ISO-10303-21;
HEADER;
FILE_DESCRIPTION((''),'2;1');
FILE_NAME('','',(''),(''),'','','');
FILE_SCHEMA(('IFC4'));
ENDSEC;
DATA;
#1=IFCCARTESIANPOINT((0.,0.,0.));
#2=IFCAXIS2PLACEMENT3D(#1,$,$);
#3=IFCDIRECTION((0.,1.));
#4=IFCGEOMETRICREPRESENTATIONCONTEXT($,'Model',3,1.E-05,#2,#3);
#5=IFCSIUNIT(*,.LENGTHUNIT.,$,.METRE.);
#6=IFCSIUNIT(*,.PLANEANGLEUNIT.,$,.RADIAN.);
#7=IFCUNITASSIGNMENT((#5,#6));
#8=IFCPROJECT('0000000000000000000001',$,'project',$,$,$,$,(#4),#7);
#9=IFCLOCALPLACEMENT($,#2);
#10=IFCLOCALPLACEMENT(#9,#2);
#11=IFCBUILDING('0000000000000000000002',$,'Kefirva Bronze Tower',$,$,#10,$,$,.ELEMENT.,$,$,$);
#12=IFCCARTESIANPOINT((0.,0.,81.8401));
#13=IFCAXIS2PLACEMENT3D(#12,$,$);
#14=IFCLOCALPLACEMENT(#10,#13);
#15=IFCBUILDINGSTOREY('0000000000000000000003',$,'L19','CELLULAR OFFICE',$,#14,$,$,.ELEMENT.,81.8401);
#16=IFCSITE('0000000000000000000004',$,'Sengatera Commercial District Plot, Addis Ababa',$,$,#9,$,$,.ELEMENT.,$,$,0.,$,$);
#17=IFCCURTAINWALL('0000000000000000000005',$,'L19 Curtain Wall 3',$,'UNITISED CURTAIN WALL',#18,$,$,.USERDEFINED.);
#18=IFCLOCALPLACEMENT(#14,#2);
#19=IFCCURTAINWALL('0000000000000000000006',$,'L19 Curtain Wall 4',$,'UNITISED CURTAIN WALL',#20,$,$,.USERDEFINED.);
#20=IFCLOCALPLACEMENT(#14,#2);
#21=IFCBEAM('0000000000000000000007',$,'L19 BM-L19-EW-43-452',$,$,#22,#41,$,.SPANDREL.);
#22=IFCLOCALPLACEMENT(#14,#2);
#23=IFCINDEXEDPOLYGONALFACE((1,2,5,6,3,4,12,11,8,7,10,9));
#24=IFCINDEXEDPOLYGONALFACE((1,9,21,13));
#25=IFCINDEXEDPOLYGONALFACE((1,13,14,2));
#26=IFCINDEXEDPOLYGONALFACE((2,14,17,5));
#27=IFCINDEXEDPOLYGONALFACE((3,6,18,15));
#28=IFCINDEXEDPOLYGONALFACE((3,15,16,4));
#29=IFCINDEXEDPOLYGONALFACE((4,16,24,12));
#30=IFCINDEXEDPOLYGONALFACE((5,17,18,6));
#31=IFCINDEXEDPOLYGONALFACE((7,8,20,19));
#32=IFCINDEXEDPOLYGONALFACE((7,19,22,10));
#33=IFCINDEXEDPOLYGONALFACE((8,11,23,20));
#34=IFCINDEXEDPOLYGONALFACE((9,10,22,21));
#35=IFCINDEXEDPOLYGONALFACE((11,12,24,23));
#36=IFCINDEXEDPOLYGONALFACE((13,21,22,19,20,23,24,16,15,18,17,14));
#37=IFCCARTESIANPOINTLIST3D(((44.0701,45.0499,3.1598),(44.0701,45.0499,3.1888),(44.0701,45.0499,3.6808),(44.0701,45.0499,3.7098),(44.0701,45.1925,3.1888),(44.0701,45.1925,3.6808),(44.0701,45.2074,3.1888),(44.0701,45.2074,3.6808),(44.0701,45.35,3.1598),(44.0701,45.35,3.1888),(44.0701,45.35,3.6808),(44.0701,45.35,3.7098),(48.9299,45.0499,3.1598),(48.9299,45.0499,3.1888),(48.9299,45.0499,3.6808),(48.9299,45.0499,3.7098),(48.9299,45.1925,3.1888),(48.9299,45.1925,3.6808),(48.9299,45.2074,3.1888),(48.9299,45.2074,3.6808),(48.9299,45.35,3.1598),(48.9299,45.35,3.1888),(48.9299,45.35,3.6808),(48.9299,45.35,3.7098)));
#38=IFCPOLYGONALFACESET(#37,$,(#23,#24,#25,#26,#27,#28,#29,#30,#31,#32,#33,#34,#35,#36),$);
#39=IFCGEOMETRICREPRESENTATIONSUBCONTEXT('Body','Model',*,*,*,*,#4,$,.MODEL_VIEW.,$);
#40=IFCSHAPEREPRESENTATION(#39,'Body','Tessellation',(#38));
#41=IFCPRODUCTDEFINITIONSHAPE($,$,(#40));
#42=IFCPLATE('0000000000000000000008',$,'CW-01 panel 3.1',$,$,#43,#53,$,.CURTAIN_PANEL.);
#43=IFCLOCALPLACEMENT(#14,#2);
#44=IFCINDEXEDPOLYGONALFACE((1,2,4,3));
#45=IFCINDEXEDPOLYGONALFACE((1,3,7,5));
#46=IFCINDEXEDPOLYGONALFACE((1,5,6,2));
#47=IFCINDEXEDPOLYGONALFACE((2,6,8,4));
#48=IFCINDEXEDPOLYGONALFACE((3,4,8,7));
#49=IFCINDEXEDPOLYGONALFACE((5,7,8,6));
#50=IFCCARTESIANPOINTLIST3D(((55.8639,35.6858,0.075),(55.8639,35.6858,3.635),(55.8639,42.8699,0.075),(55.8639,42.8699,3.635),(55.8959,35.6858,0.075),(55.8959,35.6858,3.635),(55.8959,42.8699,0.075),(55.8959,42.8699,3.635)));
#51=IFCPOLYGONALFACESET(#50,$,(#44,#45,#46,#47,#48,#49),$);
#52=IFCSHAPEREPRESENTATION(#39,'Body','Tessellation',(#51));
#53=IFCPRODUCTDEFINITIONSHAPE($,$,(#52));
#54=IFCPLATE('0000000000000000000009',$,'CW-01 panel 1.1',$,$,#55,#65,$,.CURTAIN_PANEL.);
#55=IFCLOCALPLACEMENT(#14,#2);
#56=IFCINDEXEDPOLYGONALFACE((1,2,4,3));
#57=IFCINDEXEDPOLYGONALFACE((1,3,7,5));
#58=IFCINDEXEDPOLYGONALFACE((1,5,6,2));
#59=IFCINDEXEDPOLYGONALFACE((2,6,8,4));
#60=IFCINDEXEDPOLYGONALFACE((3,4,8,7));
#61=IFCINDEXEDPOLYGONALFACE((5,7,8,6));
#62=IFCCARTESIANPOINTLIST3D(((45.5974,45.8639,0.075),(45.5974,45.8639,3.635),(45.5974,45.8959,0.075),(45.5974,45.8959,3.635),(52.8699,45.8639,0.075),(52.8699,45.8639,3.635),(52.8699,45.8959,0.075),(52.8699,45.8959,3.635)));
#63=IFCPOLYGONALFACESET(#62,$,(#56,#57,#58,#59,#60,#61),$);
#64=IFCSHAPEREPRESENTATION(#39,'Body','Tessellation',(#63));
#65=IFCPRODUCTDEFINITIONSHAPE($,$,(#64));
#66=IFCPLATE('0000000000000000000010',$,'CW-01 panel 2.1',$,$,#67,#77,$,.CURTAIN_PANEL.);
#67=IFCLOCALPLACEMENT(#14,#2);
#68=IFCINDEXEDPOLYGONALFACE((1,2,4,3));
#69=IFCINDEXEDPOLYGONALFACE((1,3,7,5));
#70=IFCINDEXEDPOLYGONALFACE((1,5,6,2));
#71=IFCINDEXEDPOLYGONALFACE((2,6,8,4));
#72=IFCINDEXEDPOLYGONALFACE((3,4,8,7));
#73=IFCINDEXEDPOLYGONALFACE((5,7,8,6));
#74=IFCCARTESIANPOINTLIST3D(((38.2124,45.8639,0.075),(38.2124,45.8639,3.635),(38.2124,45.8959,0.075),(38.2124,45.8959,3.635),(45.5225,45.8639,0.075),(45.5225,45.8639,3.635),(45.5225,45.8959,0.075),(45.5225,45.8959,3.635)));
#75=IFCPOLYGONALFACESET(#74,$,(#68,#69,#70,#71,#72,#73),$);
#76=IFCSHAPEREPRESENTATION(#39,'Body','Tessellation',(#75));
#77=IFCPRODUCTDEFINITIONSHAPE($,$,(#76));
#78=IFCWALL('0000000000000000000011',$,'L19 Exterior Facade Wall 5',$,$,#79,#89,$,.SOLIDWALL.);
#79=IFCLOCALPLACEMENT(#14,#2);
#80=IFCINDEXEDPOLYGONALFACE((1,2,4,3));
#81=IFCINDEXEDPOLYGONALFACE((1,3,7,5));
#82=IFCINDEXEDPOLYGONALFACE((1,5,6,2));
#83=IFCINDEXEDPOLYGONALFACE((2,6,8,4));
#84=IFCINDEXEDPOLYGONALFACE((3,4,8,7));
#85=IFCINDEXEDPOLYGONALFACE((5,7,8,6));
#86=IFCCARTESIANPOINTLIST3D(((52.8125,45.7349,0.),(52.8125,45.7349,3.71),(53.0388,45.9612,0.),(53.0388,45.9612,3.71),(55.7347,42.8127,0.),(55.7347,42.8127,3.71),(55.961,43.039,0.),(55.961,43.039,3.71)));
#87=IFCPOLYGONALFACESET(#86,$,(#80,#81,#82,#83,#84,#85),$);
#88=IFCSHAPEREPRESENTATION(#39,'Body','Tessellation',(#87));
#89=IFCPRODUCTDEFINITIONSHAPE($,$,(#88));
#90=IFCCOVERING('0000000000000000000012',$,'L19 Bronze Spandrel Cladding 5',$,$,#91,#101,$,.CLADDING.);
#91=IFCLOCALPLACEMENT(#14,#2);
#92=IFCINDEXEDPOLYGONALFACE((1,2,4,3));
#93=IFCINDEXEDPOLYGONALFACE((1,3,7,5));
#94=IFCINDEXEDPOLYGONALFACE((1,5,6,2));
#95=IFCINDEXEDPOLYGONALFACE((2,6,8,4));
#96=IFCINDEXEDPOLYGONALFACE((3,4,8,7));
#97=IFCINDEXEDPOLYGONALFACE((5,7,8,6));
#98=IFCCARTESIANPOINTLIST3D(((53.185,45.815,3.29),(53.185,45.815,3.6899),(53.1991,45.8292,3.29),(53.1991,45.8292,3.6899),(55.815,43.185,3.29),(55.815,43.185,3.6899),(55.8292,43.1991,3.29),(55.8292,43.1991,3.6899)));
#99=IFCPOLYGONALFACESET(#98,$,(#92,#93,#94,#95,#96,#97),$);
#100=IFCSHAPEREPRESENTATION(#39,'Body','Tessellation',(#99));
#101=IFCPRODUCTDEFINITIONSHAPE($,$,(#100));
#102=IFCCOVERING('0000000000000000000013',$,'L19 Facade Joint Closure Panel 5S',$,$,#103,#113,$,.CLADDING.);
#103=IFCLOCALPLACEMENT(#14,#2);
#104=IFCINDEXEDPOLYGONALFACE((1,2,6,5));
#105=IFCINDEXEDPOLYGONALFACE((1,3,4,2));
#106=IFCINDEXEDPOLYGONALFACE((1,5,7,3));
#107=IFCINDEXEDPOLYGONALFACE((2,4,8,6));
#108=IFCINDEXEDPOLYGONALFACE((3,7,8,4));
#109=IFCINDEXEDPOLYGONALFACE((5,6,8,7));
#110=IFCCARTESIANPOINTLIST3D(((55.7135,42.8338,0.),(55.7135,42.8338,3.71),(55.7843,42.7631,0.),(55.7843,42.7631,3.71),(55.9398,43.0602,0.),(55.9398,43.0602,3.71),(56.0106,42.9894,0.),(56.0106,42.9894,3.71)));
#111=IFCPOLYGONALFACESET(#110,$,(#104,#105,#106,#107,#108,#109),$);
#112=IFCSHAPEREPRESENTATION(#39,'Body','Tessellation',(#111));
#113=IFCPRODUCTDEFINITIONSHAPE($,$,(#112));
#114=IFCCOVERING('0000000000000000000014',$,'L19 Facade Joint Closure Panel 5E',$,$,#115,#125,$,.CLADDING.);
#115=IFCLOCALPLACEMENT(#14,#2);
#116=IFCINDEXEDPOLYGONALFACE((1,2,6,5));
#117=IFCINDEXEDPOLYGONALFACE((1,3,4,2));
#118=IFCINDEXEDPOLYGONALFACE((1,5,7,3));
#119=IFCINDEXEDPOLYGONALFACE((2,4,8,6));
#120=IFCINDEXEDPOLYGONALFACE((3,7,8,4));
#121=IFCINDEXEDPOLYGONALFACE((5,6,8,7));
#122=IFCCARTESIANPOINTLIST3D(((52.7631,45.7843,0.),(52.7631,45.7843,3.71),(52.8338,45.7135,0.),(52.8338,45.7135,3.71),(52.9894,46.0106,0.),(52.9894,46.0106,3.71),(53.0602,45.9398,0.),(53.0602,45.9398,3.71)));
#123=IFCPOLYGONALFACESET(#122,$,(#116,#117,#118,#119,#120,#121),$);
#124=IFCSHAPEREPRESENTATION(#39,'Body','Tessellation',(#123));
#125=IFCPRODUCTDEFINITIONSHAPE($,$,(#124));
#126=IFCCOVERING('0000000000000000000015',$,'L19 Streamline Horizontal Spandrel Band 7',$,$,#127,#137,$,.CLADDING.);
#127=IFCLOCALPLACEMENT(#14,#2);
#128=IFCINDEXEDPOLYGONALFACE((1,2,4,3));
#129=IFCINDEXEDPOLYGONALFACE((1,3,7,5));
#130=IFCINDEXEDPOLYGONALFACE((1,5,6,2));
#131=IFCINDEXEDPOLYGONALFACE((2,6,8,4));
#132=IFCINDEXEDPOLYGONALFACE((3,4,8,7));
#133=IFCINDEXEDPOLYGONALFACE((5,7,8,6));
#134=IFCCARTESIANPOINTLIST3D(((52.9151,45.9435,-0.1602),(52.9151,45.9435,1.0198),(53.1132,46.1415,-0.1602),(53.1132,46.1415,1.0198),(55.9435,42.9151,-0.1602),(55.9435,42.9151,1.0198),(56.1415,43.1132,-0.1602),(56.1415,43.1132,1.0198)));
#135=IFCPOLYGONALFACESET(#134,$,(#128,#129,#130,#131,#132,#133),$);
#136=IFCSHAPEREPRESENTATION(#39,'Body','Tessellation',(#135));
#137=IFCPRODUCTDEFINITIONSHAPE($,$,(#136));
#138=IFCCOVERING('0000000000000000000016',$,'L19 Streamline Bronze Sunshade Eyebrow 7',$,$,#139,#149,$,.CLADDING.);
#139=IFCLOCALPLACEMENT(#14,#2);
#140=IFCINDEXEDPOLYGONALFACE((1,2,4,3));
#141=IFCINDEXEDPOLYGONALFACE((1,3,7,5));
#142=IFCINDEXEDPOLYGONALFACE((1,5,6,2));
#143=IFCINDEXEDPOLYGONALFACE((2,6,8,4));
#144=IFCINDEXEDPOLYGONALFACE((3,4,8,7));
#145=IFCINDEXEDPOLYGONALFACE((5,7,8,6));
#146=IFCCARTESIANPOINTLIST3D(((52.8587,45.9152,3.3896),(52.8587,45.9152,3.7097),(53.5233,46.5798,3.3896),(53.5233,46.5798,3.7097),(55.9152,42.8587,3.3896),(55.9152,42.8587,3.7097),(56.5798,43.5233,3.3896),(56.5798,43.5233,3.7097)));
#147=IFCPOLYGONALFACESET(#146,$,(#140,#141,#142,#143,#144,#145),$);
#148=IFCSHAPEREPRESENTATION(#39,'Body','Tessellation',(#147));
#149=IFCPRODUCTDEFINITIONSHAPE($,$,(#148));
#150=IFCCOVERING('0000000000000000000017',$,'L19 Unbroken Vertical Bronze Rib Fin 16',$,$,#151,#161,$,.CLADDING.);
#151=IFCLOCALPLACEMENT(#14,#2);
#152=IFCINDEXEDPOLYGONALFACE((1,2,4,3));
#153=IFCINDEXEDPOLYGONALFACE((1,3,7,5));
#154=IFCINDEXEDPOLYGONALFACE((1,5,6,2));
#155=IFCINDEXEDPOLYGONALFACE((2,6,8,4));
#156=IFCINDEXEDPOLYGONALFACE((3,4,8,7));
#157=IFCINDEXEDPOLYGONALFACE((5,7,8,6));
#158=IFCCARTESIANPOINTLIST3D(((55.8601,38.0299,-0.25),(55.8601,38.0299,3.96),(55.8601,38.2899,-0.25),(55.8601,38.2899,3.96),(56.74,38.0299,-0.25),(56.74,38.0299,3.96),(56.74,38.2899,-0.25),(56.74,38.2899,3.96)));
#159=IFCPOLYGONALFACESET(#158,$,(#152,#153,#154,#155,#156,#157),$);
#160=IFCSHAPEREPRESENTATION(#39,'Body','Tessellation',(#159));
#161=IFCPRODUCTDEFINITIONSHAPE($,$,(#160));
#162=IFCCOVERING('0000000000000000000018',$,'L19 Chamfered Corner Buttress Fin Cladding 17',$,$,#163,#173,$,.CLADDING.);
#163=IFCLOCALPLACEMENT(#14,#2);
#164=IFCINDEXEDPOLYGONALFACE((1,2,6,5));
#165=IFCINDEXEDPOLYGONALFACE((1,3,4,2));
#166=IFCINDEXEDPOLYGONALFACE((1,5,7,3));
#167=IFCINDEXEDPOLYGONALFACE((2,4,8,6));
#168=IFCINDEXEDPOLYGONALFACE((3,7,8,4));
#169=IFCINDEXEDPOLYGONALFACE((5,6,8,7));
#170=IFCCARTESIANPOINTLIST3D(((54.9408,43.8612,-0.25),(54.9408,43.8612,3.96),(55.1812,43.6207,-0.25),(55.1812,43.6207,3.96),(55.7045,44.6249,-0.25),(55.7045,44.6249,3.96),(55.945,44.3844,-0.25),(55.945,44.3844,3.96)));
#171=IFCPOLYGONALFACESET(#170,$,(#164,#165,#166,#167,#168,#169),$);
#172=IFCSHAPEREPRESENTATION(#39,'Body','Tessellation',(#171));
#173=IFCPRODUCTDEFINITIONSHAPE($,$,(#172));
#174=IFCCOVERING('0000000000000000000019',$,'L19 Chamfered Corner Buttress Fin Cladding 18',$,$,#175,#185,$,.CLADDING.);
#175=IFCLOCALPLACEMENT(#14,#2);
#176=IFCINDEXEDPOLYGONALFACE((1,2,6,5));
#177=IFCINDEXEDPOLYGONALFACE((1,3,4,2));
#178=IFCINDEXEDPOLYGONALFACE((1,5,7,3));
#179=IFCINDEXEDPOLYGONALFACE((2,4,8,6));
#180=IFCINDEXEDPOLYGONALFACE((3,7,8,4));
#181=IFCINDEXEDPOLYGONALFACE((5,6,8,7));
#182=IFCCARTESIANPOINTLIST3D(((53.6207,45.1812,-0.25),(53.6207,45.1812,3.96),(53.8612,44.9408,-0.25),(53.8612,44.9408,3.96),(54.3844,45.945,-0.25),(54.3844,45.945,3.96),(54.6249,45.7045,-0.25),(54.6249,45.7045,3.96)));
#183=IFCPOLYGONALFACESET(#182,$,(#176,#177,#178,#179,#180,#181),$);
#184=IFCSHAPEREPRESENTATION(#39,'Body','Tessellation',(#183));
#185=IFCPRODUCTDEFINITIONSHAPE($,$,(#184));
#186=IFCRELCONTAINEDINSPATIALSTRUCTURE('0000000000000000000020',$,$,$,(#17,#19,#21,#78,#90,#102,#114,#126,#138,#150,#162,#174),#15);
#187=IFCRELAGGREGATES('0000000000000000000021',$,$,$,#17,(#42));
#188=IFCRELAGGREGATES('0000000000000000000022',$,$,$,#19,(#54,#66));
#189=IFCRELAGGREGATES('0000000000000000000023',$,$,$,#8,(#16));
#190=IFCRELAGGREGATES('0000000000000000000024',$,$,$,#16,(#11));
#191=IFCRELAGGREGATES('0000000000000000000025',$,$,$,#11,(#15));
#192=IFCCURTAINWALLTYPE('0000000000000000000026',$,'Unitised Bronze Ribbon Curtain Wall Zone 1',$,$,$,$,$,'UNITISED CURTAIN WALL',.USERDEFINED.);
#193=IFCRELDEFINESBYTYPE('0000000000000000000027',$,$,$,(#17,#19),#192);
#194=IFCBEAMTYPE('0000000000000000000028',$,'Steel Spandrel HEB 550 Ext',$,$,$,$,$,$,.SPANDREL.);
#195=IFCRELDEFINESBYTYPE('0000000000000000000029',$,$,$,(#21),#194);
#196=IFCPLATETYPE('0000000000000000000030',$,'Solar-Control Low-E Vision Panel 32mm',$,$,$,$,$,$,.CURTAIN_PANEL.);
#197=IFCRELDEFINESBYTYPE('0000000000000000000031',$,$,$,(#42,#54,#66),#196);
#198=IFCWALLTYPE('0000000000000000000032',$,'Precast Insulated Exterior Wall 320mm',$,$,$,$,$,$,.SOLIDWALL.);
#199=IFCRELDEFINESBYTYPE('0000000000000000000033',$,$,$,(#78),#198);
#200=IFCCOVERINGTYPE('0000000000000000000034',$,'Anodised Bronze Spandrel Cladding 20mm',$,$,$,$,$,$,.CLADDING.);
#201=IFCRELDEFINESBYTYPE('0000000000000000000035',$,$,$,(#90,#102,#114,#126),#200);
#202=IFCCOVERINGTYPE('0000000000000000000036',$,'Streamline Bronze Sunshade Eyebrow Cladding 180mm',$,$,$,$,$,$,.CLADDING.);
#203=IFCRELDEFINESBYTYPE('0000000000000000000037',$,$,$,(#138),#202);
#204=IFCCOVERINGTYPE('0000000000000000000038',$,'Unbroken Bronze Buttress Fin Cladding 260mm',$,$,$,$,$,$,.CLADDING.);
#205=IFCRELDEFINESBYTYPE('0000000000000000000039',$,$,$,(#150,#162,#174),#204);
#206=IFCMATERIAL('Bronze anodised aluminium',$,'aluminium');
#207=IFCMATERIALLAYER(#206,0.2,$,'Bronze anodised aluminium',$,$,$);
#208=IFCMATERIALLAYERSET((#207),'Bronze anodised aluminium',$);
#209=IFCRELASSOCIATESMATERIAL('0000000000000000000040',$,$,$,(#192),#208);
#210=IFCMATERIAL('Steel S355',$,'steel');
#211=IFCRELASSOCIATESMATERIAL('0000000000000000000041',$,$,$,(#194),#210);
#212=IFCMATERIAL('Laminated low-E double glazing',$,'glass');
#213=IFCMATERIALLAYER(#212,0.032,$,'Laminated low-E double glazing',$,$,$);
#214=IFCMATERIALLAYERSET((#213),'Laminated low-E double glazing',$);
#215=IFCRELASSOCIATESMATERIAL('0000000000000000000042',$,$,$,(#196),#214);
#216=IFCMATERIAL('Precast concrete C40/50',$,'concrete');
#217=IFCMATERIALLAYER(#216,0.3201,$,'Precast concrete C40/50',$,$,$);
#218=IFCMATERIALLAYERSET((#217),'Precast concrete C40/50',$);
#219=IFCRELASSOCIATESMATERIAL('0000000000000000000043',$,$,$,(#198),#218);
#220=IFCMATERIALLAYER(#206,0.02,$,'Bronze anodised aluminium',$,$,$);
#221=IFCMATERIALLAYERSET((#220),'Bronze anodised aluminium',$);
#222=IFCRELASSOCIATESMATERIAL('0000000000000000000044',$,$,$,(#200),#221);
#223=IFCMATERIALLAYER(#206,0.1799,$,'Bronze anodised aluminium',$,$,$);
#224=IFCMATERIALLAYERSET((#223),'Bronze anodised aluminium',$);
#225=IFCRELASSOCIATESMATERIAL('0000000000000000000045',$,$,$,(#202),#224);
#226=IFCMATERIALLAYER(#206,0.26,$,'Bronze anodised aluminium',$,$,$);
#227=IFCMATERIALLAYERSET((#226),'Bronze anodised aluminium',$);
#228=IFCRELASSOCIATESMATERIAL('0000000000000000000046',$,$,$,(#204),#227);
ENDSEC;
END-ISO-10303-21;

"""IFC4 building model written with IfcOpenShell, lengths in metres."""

from ifc_helpers import new_model, si_unit, direction, frame, frame_2d, origin, origin_2d, place, context, subcontext, project, spatial, rectangle, i_section, extrude, material, layer, layer_set, material_profile, profile_set, type_object, element, aggregate, save


model = new_model("IFC4")

# Units and contexts
model_context = context("Model", 3, precision=1e-05, world=origin(), true_north=direction((0.0, 1.0)))
body_context = subcontext(model_context, "Body", "Model", "MODEL_VIEW")
ifc_project = project(units=[si_unit("LENGTHUNIT", "METRE"), si_unit("PLANEANGLEUNIT", "RADIAN")], contexts=[model_context])

# Site, building, storey
site_placement = place(None, origin())
site = spatial("IfcSite", under=ifc_project, at=site_placement, Name="Sengatera Commercial District Plot, Addis Ababa", CompositionType="ELEMENT", RefElevation=0.0)
building_placement = place(site_placement, origin())
building = spatial("IfcBuilding", under=site, at=building_placement, Name="Kefirva Bronze Tower", CompositionType="ELEMENT")
storey_placement = place(building_placement, frame((0.0, 0.0, 81.8401)))
storey = spatial("IfcBuildingStorey", under=building, at=storey_placement, Name="L19", Description="CELLULAR OFFICE", CompositionType="ELEMENT", Elevation=81.8401)

# Curtain wall
ifc_material_1 = material(Name="Bronze anodised aluminium", Category="aluminium")
ifc_layer_1 = layer(ifc_material_1, 0.2, Name="Bronze anodised aluminium")
ifc_layer_set_1 = layer_set([ifc_layer_1], Name="Bronze anodised aluminium")
curtain_wall_type = type_object("IfcCurtainWallType", Name="Unitised Bronze Ribbon Curtain Wall Zone 1", ElementType="UNITISED CURTAIN WALL", PredefinedType="USERDEFINED", material=ifc_layer_set_1)
curtain_wall_1_placement = place(storey_placement, origin())
curtain_wall_1 = element("IfcCurtainWall", 1, at=curtain_wall_1_placement, inside=storey, type_object=curtain_wall_type, Name="L19 Curtain Wall 3", ObjectType="UNITISED CURTAIN WALL", PredefinedType="USERDEFINED")

# Curtain wall
curtain_wall_2_placement = place(storey_placement, origin())
curtain_wall_2 = element("IfcCurtainWall", 2, at=curtain_wall_2_placement, inside=storey, type_object=curtain_wall_type, Name="L19 Curtain Wall 4", ObjectType="UNITISED CURTAIN WALL", PredefinedType="USERDEFINED")

# Beam
ifc_material_2 = material(Name="Steel S355", Category="steel")
ifc_material_profile_1 = material_profile(ifc_material_2, i_section(OverallWidth=0.3, OverallDepth=0.55, WebThickness=0.0149, FlangeThickness=0.0291, at=origin_2d()), Name="HEB 550")
ifc_profile_set_1 = profile_set([ifc_material_profile_1], Name="Steel S355")
beam_type_1 = type_object("IfcBeamType", Name="Steel Spandrel HEB 550 Ext", PredefinedType="SPANDREL", material=ifc_profile_set_1)
beam_1_placement = place(storey_placement, frame((44.0701, 45.2, 3.4348), z_axis=(1.0, 0.0, 0.0), x_axis=(0.0, 1.0, 0.0)))
element("IfcBeam", 3, at=beam_1_placement, inside=storey, type_object=beam_type_1, Name="L19 BM-L19-EW-43-452", PredefinedType="SPANDREL", context=body_context, shape_type="SweptSolid", body=[
    extrude(i_section(OverallWidth=0.3, OverallDepth=0.55, WebThickness=0.0149, FlangeThickness=0.0291, at=origin_2d()), origin(), (0.0, 0.0, 1.0), 4.8599),
])

# Plates
ifc_material_3 = material(Name="Laminated low-E double glazing", Category="glass")
ifc_layer_2 = layer(ifc_material_3, 0.032, Name="Laminated low-E double glazing")
ifc_layer_set_2 = layer_set([ifc_layer_2], Name="Laminated low-E double glazing")
plate_type = type_object("IfcPlateType", Name="Solar-Control Low-E Vision Panel 32mm", PredefinedType="CURTAIN_PANEL", material=ifc_layer_set_2)
plate_1_placement = place(storey_placement, frame((55.8799, 39.2778, 0.075), z_axis=(0.0, 0.0, 1.0), x_axis=(0.0, 1.0, 0.0)))
plate_1 = element("IfcPlate", 4, at=plate_1_placement, type_object=plate_type, Name="CW-01 panel 3.1", PredefinedType="CURTAIN_PANEL", context=body_context, shape_type="SweptSolid", body=[
    extrude(rectangle(XDim=7.1841, YDim=0.032, at=origin_2d()), origin(), (0.0, 0.0, 1.0), 3.5601),
])
aggregate(curtain_wall_1, [plate_1])
plate_2_placement = place(storey_placement, frame((49.2336, 45.8799, 0.075), z_axis=(0.0, 0.0, 1.0), x_axis=(-1.0, 0.0, 0.0)))
plate_2 = element("IfcPlate", 5, at=plate_2_placement, type_object=plate_type, Name="CW-01 panel 1.1", PredefinedType="CURTAIN_PANEL", context=body_context, shape_type="SweptSolid", body=[
    extrude(rectangle(XDim=7.2725, YDim=0.032, at=origin_2d()), origin(), (0.0, 0.0, 1.0), 3.5601),
])
plate_3_placement = place(storey_placement, frame((41.8674, 45.8799, 0.075), z_axis=(0.0, 0.0, 1.0), x_axis=(-1.0, 0.0, 0.0)))
plate_3 = element("IfcPlate", 6, at=plate_3_placement, type_object=plate_type, Name="CW-01 panel 2.1", PredefinedType="CURTAIN_PANEL", context=body_context, shape_type="SweptSolid", body=[
    extrude(rectangle(XDim=7.3101, YDim=0.032, at=origin_2d()), origin(), (0.0, 0.0, 1.0), 3.5601),
])
aggregate(curtain_wall_2, [plate_2, plate_3])

# Wall
ifc_material_4 = material(Name="Precast concrete C40/50", Category="concrete")
ifc_layer_3 = layer(ifc_material_4, 0.3201, Name="Precast concrete C40/50")
ifc_layer_set_3 = layer_set([ifc_layer_3], Name="Precast concrete C40/50")
wall_type = type_object("IfcWallType", Name="Precast Insulated Exterior Wall 320mm", PredefinedType="SOLIDWALL", material=ifc_layer_set_3)
wall_placement = place(storey_placement, frame((55.8479, 42.9258, 0.0), z_axis=(0.0, 0.0, 1.0), x_axis=(-0.707107, 0.707107, 0.0)))
element("IfcWall", 7, at=wall_placement, inside=storey, type_object=wall_type, Name="L19 Exterior Facade Wall 5", PredefinedType="SOLIDWALL", context=body_context, shape_type="SweptSolid", body=[
    extrude(rectangle(XDim=4.1326, YDim=0.3201, at=frame_2d((2.0664, 0.0))), origin(), (0.0, 0.0, 1.0), 3.71),
])

# Coverings
ifc_layer_4 = layer(ifc_material_1, 0.02, Name="Bronze anodised aluminium")
ifc_layer_set_4 = layer_set([ifc_layer_4], Name="Bronze anodised aluminium")
covering_type_1 = type_object("IfcCoveringType", Name="Anodised Bronze Spandrel Cladding 20mm", PredefinedType="CLADDING", material=ifc_layer_set_4)
covering_1_placement = place(storey_placement, frame((54.5071, 44.5071, 3.29), z_axis=(0.0, 0.0, 1.0), x_axis=(-0.707107, 0.707107, 0.0)))
element("IfcCovering", 8, at=covering_1_placement, inside=storey, type_object=covering_type_1, Name="L19 Bronze Spandrel Cladding 5", PredefinedType="CLADDING", context=body_context, shape_type="SweptSolid", body=[
    extrude(rectangle(XDim=3.7195, YDim=0.02, at=origin_2d()), origin(), (0.0, 0.0, 1.0), 0.3999),
])
for number, where, z_axis, x_axis, name in (
    (9, (55.8621, 42.9116, 0.0), (0.0, 0.0, 1.0), (-0.707107, 0.707107, 0.0), "L19 Facade Joint Closure Panel 5S"),
    (10, (52.9116, 45.8621, 0.0), (0.0, 0.0, 1.0), (-0.707107, 0.707107, 0.0), "L19 Facade Joint Closure Panel 5E"),
):
    element("IfcCovering", number, at=place(storey_placement, frame(where, z_axis=z_axis, x_axis=x_axis)), inside=storey, type_object=covering_type_1, Name=name, PredefinedType="CLADDING", context=body_context, shape_type="SweptSolid", body=[
        extrude(rectangle(XDim=0.1001, YDim=0.3201, at=origin_2d()), origin(), (0.0, 0.0, 1.0), 3.71),
    ])
covering_2_placement = place(storey_placement, frame((54.5283, 44.5283, -0.1602), z_axis=(0.0, 0.0, 1.0), x_axis=(-0.707107, 0.707107, 0.0)))
element("IfcCovering", 11, at=covering_2_placement, inside=storey, type_object=covering_type_1, Name="L19 Streamline Horizontal Spandrel Band 7", PredefinedType="CLADDING", context=body_context, shape_type="SweptSolid", body=[
    extrude(rectangle(XDim=4.2827, YDim=0.28, at=origin_2d()), origin(), (0.0, 0.0, 1.0), 1.1799),
])
ifc_layer_5 = layer(ifc_material_1, 0.1799, Name="Bronze anodised aluminium")
ifc_layer_set_5 = layer_set([ifc_layer_5], Name="Bronze anodised aluminium")
covering_type_2 = type_object("IfcCoveringType", Name="Streamline Bronze Sunshade Eyebrow Cladding 180mm", PredefinedType="CLADDING", material=ifc_layer_set_5)
covering_3_placement = place(storey_placement, frame((54.7192, 44.7192, 3.3896), z_axis=(0.0, 0.0, 1.0), x_axis=(-0.707107, 0.707107, 0.0)))
element("IfcCovering", 12, at=covering_3_placement, inside=storey, type_object=covering_type_2, Name="L19 Streamline Bronze Sunshade Eyebrow 7", PredefinedType="CLADDING", context=body_context, shape_type="SweptSolid", body=[
    extrude(rectangle(XDim=4.3225, YDim=0.9399, at=origin_2d()), origin(), (0.0, 0.0, 1.0), 0.3201),
])
ifc_layer_6 = layer(ifc_material_1, 0.26, Name="Bronze anodised aluminium")
ifc_layer_set_6 = layer_set([ifc_layer_6], Name="Bronze anodised aluminium")
covering_type_3 = type_object("IfcCoveringType", Name="Unbroken Bronze Buttress Fin Cladding 260mm", PredefinedType="CLADDING", material=ifc_layer_set_6)
covering_4_placement = place(storey_placement, frame((56.3, 38.1599, -0.25), z_axis=(0.0, 0.0, 1.0), x_axis=(0.0, 1.0, 0.0)))
element("IfcCovering", 13, at=covering_4_placement, inside=storey, type_object=covering_type_3, Name="L19 Unbroken Vertical Bronze Rib Fin 16", PredefinedType="CLADDING", context=body_context, shape_type="SweptSolid", body=[
    extrude(rectangle(XDim=0.26, YDim=0.8799, at=origin_2d()), origin(), (0.0, 0.0, 1.0), 4.21),
])
for number, where, z_axis, x_axis, name in (
    (14, (55.4429, 44.1228, -0.25), (0.0, 0.0, 1.0), (-0.707107, 0.707107, 0.0), "L19 Chamfered Corner Buttress Fin Cladding 17"),
    (15, (54.1228, 45.4429, -0.25), (0.0, 0.0, 1.0), (-0.707107, 0.707107, 0.0), "L19 Chamfered Corner Buttress Fin Cladding 18"),
):
    element("IfcCovering", number, at=place(storey_placement, frame(where, z_axis=z_axis, x_axis=x_axis)), inside=storey, type_object=covering_type_3, Name=name, PredefinedType="CLADDING", context=body_context, shape_type="SweptSolid", body=[
        extrude(rectangle(XDim=0.3401, YDim=1.0801, at=origin_2d()), origin(), (0.0, 0.0, 1.0), 4.21),
    ])

save(model, "model.ifc")
